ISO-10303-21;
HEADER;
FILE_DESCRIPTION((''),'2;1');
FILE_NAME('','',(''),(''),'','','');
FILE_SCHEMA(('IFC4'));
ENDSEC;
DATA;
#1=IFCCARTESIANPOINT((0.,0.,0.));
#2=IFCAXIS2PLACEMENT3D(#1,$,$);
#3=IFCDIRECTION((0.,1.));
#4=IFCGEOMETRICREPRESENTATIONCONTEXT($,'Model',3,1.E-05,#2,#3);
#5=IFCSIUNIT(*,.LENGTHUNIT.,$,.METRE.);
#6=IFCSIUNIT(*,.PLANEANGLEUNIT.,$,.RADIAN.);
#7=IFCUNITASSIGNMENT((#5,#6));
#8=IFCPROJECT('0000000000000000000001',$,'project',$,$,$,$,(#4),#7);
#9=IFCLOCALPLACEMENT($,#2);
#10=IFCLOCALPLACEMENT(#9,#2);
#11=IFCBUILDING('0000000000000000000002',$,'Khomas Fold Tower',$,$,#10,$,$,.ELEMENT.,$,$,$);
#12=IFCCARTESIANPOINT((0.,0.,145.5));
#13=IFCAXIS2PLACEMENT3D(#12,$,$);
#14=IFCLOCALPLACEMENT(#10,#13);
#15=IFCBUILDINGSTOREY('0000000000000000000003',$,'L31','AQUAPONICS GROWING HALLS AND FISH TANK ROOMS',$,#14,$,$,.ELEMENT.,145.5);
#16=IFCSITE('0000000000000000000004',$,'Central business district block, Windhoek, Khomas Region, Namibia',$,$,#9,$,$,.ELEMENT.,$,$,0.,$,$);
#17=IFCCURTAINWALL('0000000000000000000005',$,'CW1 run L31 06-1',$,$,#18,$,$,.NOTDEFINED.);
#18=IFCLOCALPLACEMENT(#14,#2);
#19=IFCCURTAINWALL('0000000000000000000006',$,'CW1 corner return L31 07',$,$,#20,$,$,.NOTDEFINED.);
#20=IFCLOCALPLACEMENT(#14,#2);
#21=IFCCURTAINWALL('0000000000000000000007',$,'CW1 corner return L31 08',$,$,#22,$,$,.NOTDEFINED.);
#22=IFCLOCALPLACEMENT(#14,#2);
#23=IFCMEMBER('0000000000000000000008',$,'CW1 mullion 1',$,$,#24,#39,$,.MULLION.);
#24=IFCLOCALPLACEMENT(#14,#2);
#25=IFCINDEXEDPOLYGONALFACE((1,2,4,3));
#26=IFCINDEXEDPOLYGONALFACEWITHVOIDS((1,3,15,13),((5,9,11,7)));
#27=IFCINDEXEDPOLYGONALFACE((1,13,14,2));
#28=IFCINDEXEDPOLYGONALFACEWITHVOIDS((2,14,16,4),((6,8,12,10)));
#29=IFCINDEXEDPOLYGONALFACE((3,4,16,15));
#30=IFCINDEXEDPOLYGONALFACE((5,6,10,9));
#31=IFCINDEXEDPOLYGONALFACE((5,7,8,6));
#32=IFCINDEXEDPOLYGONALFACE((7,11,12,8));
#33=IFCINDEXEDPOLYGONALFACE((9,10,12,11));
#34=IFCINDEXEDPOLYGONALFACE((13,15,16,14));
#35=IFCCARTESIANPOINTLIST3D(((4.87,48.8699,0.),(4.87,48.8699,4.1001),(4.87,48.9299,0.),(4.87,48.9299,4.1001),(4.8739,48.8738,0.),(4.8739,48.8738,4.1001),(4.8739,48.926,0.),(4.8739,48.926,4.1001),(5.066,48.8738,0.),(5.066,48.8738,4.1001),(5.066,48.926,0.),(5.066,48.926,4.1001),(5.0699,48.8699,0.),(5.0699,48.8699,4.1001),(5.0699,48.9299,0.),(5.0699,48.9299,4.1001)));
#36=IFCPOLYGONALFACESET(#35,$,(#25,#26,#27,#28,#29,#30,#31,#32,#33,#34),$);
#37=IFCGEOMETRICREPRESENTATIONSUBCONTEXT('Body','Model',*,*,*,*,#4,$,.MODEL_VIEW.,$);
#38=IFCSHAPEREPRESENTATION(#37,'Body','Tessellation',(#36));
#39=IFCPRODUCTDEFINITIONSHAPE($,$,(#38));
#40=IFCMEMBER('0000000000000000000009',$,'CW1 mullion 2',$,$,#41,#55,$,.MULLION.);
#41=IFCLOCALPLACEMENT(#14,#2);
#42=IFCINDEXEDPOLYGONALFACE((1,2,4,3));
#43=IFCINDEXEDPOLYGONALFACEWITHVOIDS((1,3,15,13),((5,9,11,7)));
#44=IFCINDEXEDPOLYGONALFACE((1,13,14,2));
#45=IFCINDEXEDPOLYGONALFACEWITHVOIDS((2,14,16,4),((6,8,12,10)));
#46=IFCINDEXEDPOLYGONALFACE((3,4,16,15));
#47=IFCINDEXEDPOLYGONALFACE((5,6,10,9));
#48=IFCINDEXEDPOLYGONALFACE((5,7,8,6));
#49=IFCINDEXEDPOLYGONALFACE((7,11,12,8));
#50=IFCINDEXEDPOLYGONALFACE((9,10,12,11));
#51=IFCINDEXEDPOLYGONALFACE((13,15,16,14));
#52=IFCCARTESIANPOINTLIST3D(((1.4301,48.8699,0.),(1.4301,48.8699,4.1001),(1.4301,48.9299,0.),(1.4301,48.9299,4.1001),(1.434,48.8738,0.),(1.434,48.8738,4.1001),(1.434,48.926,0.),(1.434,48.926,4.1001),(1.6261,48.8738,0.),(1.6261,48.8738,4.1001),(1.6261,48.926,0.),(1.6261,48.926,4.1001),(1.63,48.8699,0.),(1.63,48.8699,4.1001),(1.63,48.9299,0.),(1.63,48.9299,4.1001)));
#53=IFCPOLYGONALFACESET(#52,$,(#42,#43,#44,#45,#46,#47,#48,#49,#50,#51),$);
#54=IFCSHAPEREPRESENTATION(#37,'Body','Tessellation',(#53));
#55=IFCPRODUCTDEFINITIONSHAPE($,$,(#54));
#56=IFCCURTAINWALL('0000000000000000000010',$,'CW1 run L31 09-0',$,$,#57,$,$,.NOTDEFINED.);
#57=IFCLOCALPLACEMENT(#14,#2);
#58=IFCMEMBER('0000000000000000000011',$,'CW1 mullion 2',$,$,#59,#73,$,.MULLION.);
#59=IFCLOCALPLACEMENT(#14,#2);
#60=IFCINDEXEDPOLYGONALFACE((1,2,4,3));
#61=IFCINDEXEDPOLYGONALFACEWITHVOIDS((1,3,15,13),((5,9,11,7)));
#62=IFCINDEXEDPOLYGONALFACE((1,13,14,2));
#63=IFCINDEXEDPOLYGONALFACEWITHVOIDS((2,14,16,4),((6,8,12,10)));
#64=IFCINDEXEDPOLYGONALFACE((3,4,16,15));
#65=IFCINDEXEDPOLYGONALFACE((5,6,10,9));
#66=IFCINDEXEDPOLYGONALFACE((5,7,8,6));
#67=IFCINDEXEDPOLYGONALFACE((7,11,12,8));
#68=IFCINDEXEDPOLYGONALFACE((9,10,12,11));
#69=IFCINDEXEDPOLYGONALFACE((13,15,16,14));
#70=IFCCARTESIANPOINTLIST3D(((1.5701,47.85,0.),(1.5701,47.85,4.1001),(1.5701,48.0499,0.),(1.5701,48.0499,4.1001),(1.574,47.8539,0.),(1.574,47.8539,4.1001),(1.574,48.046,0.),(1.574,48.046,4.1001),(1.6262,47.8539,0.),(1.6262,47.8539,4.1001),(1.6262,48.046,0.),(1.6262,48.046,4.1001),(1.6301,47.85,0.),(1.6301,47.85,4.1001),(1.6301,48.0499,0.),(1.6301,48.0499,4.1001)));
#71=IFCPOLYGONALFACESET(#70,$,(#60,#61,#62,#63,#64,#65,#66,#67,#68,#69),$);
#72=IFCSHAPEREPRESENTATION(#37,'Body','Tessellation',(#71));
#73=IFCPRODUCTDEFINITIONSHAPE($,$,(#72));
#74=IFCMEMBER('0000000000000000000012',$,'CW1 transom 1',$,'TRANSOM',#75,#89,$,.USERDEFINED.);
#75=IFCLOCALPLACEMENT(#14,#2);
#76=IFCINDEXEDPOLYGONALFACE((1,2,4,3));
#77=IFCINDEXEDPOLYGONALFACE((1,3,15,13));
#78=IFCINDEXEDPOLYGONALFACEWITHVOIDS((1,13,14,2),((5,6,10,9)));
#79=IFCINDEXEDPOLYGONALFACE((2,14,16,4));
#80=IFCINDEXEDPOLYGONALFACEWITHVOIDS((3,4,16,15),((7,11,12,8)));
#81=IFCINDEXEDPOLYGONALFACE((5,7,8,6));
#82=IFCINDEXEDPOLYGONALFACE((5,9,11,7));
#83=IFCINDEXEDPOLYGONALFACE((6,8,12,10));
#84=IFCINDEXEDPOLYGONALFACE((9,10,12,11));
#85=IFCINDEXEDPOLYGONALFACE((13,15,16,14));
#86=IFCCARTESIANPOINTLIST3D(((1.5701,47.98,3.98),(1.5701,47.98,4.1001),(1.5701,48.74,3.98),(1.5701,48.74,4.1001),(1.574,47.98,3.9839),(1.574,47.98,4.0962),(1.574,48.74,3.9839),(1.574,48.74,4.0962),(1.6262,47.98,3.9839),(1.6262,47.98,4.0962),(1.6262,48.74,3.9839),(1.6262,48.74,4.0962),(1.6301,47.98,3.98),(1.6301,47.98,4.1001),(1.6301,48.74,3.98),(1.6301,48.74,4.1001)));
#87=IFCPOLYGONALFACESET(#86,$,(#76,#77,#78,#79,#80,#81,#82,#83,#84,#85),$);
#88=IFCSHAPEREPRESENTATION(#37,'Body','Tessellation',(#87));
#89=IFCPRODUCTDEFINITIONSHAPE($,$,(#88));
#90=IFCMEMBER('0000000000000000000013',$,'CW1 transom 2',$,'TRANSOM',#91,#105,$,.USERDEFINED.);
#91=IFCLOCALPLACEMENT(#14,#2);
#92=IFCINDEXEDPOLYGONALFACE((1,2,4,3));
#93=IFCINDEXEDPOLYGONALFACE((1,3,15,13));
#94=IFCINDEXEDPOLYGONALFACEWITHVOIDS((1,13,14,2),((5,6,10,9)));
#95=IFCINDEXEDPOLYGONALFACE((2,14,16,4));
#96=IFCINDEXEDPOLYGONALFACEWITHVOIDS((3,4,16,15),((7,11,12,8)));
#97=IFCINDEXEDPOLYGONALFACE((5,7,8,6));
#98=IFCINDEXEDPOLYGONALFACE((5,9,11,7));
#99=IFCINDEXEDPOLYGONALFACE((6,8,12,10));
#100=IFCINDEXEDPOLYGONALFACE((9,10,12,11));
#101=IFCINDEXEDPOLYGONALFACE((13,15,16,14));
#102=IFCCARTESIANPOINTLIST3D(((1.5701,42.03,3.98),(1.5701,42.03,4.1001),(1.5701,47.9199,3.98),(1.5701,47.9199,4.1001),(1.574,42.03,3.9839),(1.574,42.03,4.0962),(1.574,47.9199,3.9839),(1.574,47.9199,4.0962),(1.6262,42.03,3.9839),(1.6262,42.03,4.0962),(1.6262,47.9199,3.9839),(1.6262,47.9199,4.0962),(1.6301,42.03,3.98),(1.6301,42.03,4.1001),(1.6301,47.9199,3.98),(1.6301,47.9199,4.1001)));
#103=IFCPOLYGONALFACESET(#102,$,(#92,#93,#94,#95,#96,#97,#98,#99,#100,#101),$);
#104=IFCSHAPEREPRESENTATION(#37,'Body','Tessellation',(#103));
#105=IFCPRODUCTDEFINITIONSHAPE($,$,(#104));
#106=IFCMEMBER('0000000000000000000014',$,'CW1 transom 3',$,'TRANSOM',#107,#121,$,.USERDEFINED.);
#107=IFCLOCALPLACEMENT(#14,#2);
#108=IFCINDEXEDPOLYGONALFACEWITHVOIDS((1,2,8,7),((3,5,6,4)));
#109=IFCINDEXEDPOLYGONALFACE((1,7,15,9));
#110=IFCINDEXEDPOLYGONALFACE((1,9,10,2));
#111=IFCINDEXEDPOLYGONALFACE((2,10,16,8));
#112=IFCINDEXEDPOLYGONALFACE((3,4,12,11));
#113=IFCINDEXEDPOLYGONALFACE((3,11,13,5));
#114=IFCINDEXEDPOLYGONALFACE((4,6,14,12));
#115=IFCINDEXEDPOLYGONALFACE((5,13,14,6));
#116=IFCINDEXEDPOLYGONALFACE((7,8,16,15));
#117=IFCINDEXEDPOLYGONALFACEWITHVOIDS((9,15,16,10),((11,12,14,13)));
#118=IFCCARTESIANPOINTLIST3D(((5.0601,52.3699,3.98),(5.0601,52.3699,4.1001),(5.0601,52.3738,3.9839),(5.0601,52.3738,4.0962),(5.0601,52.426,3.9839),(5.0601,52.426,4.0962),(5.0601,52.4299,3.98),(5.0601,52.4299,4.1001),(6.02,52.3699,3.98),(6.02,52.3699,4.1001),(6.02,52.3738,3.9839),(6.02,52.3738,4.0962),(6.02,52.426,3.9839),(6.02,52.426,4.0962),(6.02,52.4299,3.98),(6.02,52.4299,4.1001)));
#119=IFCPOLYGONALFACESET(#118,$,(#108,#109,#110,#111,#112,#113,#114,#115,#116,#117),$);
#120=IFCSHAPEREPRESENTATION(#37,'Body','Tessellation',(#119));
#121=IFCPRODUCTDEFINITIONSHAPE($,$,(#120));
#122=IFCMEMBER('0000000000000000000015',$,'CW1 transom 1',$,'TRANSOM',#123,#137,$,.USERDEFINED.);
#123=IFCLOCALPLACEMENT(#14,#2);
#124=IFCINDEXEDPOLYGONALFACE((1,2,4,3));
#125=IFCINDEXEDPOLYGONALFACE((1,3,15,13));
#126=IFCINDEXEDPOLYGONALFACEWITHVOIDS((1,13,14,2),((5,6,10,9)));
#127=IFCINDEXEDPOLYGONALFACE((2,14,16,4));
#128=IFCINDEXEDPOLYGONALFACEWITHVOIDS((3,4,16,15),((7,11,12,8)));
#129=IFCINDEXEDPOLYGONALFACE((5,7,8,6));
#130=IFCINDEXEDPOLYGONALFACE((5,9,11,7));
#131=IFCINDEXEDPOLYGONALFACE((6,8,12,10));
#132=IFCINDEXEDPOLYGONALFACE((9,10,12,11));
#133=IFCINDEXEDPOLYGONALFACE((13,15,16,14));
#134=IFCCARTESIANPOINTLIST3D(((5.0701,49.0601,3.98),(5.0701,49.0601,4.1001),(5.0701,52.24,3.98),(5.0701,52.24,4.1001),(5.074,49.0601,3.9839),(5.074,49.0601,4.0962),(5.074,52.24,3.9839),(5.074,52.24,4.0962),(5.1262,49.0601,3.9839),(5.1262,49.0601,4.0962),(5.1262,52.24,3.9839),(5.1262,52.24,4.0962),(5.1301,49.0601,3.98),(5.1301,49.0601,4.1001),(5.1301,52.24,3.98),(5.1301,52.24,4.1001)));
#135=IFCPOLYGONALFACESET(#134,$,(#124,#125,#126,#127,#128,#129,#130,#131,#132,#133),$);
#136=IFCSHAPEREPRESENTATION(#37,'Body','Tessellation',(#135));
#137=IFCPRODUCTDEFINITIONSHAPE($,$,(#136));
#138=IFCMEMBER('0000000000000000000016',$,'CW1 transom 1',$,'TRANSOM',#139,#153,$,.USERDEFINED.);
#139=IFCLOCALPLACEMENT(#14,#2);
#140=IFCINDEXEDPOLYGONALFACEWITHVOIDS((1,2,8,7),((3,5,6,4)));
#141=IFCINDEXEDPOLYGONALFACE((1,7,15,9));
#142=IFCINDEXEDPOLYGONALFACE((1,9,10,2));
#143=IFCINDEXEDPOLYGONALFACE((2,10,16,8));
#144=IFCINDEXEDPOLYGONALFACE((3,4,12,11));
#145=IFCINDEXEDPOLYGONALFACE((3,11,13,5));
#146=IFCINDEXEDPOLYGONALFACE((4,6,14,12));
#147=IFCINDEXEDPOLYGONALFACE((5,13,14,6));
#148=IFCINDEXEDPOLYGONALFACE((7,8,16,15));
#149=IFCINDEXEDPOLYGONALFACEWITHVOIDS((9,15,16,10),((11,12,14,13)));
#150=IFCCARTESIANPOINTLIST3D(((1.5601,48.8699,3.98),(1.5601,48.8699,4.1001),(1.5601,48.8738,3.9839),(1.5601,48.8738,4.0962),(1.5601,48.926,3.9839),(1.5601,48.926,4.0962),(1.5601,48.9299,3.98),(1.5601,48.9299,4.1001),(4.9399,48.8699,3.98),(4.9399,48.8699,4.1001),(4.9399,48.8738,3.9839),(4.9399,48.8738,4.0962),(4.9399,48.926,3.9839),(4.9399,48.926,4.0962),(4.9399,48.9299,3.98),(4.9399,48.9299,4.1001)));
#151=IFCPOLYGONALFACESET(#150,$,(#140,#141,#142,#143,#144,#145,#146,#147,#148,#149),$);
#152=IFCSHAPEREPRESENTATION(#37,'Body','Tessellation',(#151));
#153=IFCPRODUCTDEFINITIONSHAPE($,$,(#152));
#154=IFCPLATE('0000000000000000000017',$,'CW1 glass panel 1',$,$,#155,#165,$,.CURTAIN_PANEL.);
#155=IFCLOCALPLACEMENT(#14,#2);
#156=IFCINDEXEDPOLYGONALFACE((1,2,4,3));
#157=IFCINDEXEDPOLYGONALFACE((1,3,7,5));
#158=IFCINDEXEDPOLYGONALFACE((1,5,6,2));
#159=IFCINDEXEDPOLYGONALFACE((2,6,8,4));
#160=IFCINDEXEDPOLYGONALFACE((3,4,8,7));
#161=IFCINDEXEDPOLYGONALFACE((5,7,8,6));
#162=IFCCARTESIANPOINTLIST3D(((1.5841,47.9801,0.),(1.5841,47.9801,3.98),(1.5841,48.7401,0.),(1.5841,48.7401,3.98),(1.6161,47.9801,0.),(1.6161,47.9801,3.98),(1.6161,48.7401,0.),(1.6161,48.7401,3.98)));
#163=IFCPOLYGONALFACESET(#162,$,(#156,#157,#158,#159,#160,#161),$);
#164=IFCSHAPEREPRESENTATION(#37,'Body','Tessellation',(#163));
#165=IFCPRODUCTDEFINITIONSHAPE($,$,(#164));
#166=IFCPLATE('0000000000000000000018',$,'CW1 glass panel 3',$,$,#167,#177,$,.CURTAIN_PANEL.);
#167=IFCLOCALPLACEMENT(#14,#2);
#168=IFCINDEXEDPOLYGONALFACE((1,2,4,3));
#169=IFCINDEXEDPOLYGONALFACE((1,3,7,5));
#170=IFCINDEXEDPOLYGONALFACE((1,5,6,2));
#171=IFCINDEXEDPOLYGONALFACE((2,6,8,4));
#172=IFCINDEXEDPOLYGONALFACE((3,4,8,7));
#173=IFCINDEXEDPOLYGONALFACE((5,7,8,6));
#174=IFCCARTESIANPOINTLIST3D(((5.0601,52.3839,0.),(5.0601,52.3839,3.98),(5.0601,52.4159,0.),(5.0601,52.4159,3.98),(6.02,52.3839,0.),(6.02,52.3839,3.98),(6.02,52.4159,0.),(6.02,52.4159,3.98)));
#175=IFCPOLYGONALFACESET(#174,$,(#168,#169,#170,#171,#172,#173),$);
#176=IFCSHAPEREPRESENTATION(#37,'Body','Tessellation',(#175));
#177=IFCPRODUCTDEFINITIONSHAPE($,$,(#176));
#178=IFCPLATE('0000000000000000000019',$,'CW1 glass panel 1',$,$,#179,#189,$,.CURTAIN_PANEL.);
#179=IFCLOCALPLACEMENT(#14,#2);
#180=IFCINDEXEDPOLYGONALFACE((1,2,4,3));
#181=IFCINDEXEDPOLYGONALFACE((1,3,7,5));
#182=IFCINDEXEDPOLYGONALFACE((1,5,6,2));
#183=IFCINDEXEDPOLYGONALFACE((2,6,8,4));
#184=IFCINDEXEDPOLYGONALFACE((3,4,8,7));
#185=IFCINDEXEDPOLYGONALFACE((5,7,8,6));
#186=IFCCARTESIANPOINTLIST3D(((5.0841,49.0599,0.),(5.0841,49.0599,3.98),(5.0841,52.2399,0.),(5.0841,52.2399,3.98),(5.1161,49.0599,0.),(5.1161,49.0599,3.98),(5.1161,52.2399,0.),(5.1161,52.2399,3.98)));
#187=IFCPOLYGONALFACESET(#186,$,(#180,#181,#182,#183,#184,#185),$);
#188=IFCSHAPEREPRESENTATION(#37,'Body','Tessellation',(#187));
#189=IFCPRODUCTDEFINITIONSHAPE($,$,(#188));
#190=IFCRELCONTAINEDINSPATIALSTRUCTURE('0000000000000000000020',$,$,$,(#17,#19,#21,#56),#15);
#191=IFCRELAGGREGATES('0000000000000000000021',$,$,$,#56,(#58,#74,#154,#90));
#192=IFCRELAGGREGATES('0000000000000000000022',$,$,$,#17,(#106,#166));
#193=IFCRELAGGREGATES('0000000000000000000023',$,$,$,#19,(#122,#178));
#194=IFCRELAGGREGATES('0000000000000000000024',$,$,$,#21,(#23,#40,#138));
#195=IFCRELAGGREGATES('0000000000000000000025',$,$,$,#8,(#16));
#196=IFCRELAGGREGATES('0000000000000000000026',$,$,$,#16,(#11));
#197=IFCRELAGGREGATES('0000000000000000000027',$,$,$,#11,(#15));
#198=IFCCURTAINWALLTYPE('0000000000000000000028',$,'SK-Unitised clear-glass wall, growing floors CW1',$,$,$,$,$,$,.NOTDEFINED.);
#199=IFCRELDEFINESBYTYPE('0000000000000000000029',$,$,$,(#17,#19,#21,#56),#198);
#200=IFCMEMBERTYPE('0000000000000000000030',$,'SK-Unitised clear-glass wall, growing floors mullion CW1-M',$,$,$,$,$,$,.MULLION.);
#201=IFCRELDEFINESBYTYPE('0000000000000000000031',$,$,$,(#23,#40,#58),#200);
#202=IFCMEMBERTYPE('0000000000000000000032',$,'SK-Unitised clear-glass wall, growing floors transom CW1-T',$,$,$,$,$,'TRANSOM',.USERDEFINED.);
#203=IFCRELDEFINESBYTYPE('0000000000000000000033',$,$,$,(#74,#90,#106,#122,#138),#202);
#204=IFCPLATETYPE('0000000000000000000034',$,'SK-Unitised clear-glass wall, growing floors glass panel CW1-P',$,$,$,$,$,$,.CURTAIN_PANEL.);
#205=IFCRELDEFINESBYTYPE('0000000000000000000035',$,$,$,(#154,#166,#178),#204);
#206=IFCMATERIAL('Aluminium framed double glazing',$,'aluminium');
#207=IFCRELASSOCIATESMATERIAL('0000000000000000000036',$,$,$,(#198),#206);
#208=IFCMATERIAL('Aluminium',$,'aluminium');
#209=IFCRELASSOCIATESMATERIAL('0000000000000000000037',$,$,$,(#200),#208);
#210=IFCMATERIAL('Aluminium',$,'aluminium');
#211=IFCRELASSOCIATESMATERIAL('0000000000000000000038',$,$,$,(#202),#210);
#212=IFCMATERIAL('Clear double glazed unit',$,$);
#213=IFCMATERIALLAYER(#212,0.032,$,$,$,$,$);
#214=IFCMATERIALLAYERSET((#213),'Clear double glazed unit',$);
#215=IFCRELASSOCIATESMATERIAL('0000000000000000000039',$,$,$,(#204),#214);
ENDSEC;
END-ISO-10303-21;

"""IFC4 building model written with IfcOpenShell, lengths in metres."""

from ifc_helpers import new_model, si_unit, direction, frame, origin, origin_2d, place, context, subcontext, project, spatial, rectangle, hollow_rectangle, extrude, source, transform, mapped, material, layer, layer_set, material_profile, profile_set, type_object, element, aggregate, save


model = new_model("IFC4")

# Units and contexts
model_context = context("Model", 3, precision=1e-05, world=origin(), true_north=direction((0.0, 1.0)))
body_context = subcontext(model_context, "Body", "Model", "MODEL_VIEW")
ifc_project = project(units=[si_unit("LENGTHUNIT", "METRE"), si_unit("PLANEANGLEUNIT", "RADIAN")], contexts=[model_context])

# Site, building, storey
site_placement = place(None, origin())
site = spatial("IfcSite", under=ifc_project, at=site_placement, Name="Central business district block, Windhoek, Khomas Region, Namibia", CompositionType="ELEMENT", RefElevation=0.0)
building_placement = place(site_placement, origin())
building = spatial("IfcBuilding", under=site, at=building_placement, Name="Khomas Fold Tower", CompositionType="ELEMENT")
storey_placement = place(building_placement, frame((0.0, 0.0, 145.5)))
storey = spatial("IfcBuildingStorey", under=building, at=storey_placement, Name="L31", Description="AQUAPONICS GROWING HALLS AND FISH TANK ROOMS", CompositionType="ELEMENT", Elevation=145.5)

# Curtain walls, members
ifc_material_1 = material(Name="Aluminium framed double glazing", Category="aluminium")
curtain_wall_type = type_object("IfcCurtainWallType", Name="SK-Unitised clear-glass wall, growing floors CW1", PredefinedType="NOTDEFINED", material=ifc_material_1)
curtain_wall_1_placement = place(storey_placement, origin())
curtain_wall_1 = element("IfcCurtainWall", 1, at=curtain_wall_1_placement, inside=storey, type_object=curtain_wall_type, Name="CW1 run L31 06-1", PredefinedType="NOTDEFINED")
ifc_material_2 = material(Name="Aluminium", Category="aluminium")
ifc_material_profile_1 = material_profile(ifc_material_2, hollow_rectangle(XDim=0.0601, YDim=0.2, WallThickness=0.0039, at=origin_2d()), Name="SK-Unitised clear-glass wall, growing floors mullion CW1-M")
ifc_profile_set_1 = profile_set([ifc_material_profile_1], Name="Aluminium")
member_type_1 = type_object("IfcMemberType", Name="SK-Unitised clear-glass wall, growing floors mullion CW1-M", PredefinedType="MULLION", material=ifc_profile_set_1)
shared_shape_1 = source(origin(), body_context, "Body", "SweptSolid", [
    extrude(hollow_rectangle(XDim=0.0601, YDim=0.2, WallThickness=0.0039, at=origin_2d()), origin(), (0.0, 0.0, 1.0), 4.1001),
])
curtain_wall_2_placement = place(storey_placement, origin())
curtain_wall_2 = element("IfcCurtainWall", 2, at=curtain_wall_2_placement, inside=storey, type_object=curtain_wall_type, Name="CW1 corner return L31 07", PredefinedType="NOTDEFINED")
curtain_wall_3_placement = place(storey_placement, origin())
curtain_wall_3 = element("IfcCurtainWall", 3, at=curtain_wall_3_placement, inside=storey, type_object=curtain_wall_type, Name="CW1 corner return L31 08", PredefinedType="NOTDEFINED")
member_1_placement = place(storey_placement, frame((4.97, 48.8999, 0.0), z_axis=(0.0, 0.0, 1.0), x_axis=(0.0, -1.0, 0.0)))
member_1 = element("IfcMember", 4, at=member_1_placement, type_object=member_type_1, Name="CW1 mullion 1", PredefinedType="MULLION", context=body_context, shape_type="MappedRepresentation", body=[
    mapped(shared_shape_1, transform((0.0, 0.0, 0.0))),
])
member_2_placement = place(storey_placement, frame((1.53, 48.8999, 0.0), z_axis=(0.0, 0.0, 1.0), x_axis=(0.0, -1.0, 0.0)))
member_2 = element("IfcMember", 5, at=member_2_placement, type_object=member_type_1, Name="CW1 mullion 2", PredefinedType="MULLION", context=body_context, shape_type="MappedRepresentation", body=[
    mapped(shared_shape_1, transform((0.0, 0.0, 0.0))),
])
curtain_wall_4_placement = place(storey_placement, origin())
curtain_wall_4 = element("IfcCurtainWall", 6, at=curtain_wall_4_placement, inside=storey, type_object=curtain_wall_type, Name="CW1 run L31 09-0", PredefinedType="NOTDEFINED")
member_3_placement = place(storey_placement, frame((1.6001, 47.95, 0.0), z_axis=(0.0, 0.0, 1.0), x_axis=(1.0, 0.0, 0.0)))
member_3 = element("IfcMember", 7, at=member_3_placement, type_object=member_type_1, Name="CW1 mullion 2", PredefinedType="MULLION", context=body_context, shape_type="MappedRepresentation", body=[
    mapped(shared_shape_1, transform((0.0, 0.0, 0.0))),
])
ifc_material_3 = material(Name="Aluminium", Category="aluminium")
ifc_material_profile_2 = material_profile(ifc_material_3, hollow_rectangle(XDim=0.0601, YDim=0.1201, WallThickness=0.0039, at=origin_2d()), Name="SK-Unitised clear-glass wall, growing floors transom CW1-T")
ifc_profile_set_2 = profile_set([ifc_material_profile_2], Name="Aluminium")
member_type_2 = type_object("IfcMemberType", Name="SK-Unitised clear-glass wall, growing floors transom CW1-T", ElementType="TRANSOM", PredefinedType="USERDEFINED", material=ifc_profile_set_2)
shared_shape_2 = source(origin(), body_context, "Body", "SweptSolid", [
    extrude(hollow_rectangle(XDim=0.0601, YDim=0.1201, WallThickness=0.0039, at=origin_2d()), origin(), (0.0, 0.0, 1.0), 0.76),
])
member_4_placement = place(storey_placement, frame((1.6001, 48.74, 4.04), z_axis=(0.0, -1.0, 0.0), x_axis=(1.0, 0.0, 0.0)))
member_4 = element("IfcMember", 8, at=member_4_placement, type_object=member_type_2, Name="CW1 transom 1", ObjectType="TRANSOM", PredefinedType="USERDEFINED", context=body_context, shape_type="MappedRepresentation", body=[
    mapped(shared_shape_2, transform((0.0, 0.0, 0.0))),
])
shared_shape_3 = source(origin(), body_context, "Body", "SweptSolid", [
    extrude(hollow_rectangle(XDim=0.0601, YDim=0.1201, WallThickness=0.0039, at=origin_2d()), origin(), (0.0, 0.0, 1.0), 5.8899),
])
member_5_placement = place(storey_placement, frame((1.6001, 47.9199, 4.04), z_axis=(0.0, -1.0, 0.0), x_axis=(1.0, 0.0, 0.0)))
member_5 = element("IfcMember", 9, at=member_5_placement, type_object=member_type_2, Name="CW1 transom 2", ObjectType="TRANSOM", PredefinedType="USERDEFINED", context=body_context, shape_type="MappedRepresentation", body=[
    mapped(shared_shape_3, transform((0.0, 0.0, 0.0))),
])

# Members
shared_shape_4 = source(origin(), body_context, "Body", "SweptSolid", [
    extrude(hollow_rectangle(XDim=0.0601, YDim=0.1201, WallThickness=0.0039, at=origin_2d()), origin(), (0.0, 0.0, 1.0), 0.96),
])
member_6_placement = place(storey_placement, frame((6.02, 52.3999, 4.04), z_axis=(-1.0, 0.0, 0.0), x_axis=(0.0, -1.0, 0.0)))
member_6 = element("IfcMember", 10, at=member_6_placement, type_object=member_type_2, Name="CW1 transom 3", ObjectType="TRANSOM", PredefinedType="USERDEFINED", context=body_context, shape_type="MappedRepresentation", body=[
    mapped(shared_shape_4, transform((0.0, 0.0, 0.0))),
])
shared_shape_5 = source(origin(), body_context, "Body", "SweptSolid", [
    extrude(hollow_rectangle(XDim=0.0601, YDim=0.1201, WallThickness=0.0039, at=origin_2d()), origin(), (0.0, 0.0, 1.0), 3.1799),
])
member_7_placement = place(storey_placement, frame((5.1001, 52.24, 4.04), z_axis=(0.0, -1.0, 0.0), x_axis=(1.0, 0.0, 0.0)))
member_7 = element("IfcMember", 11, at=member_7_placement, type_object=member_type_2, Name="CW1 transom 1", ObjectType="TRANSOM", PredefinedType="USERDEFINED", context=body_context, shape_type="MappedRepresentation", body=[
    mapped(shared_shape_5, transform((0.0, 0.0, 0.0))),
])
shared_shape_6 = source(origin(), body_context, "Body", "SweptSolid", [
    extrude(hollow_rectangle(XDim=0.0601, YDim=0.1201, WallThickness=0.0039, at=origin_2d()), origin(), (0.0, 0.0, 1.0), 3.3799),
])
member_8_placement = place(storey_placement, frame((4.9399, 48.8999, 4.04), z_axis=(-1.0, 0.0, 0.0), x_axis=(0.0, -1.0, 0.0)))
member_8 = element("IfcMember", 12, at=member_8_placement, type_object=member_type_2, Name="CW1 transom 1", ObjectType="TRANSOM", PredefinedType="USERDEFINED", context=body_context, shape_type="MappedRepresentation", body=[
    mapped(shared_shape_6, transform((0.0, 0.0, 0.0))),
])

# Plates
ifc_material_4 = material(Name="Clear double glazed unit")
ifc_layer_1 = layer(ifc_material_4, 0.032)
ifc_layer_set_1 = layer_set([ifc_layer_1], Name="Clear double glazed unit")
plate_type = type_object("IfcPlateType", Name="SK-Unitised clear-glass wall, growing floors glass panel CW1-P", PredefinedType="CURTAIN_PANEL", material=ifc_layer_set_1)
shared_shape_7 = source(origin(), body_context, "Body", "SweptSolid", [
    extrude(rectangle(XDim=0.76, YDim=0.032, at=origin_2d()), origin(), (0.0, 0.0, 1.0), 3.98),
])
plate_1_placement = place(storey_placement, frame((1.6001, 48.3601, 0.0), z_axis=(0.0, 0.0, 1.0), x_axis=(0.0, -1.0, 0.0)))
plate_1 = element("IfcPlate", 13, at=plate_1_placement, type_object=plate_type, Name="CW1 glass panel 1", PredefinedType="CURTAIN_PANEL", context=body_context, shape_type="MappedRepresentation", body=[
    mapped(shared_shape_7, transform((0.0, 0.0, 0.0))),
])
aggregate(curtain_wall_4, [member_3, member_4, plate_1, member_5])
shared_shape_8 = source(origin(), body_context, "Body", "SweptSolid", [
    extrude(rectangle(XDim=0.96, YDim=0.032, at=origin_2d()), origin(), (0.0, 0.0, 1.0), 3.98),
])
plate_2_placement = place(storey_placement, frame((5.54, 52.3999, 0.0), z_axis=(0.0, 0.0, 1.0), x_axis=(-1.0, 0.0, 0.0)))
plate_2 = element("IfcPlate", 14, at=plate_2_placement, type_object=plate_type, Name="CW1 glass panel 3", PredefinedType="CURTAIN_PANEL", context=body_context, shape_type="MappedRepresentation", body=[
    mapped(shared_shape_8, transform((0.0, 0.0, 0.0))),
])
aggregate(curtain_wall_1, [member_6, plate_2])
shared_shape_9 = source(origin(), body_context, "Body", "SweptSolid", [
    extrude(rectangle(XDim=3.1799, YDim=0.032, at=origin_2d()), origin(), (0.0, 0.0, 1.0), 3.98),
])
plate_3_placement = place(storey_placement, frame((5.1001, 50.6499, 0.0), z_axis=(0.0, 0.0, 1.0), x_axis=(0.0, -1.0, 0.0)))
plate_3 = element("IfcPlate", 15, at=plate_3_placement, type_object=plate_type, Name="CW1 glass panel 1", PredefinedType="CURTAIN_PANEL", context=body_context, shape_type="MappedRepresentation", body=[
    mapped(shared_shape_9, transform((0.0, 0.0, 0.0))),
])
aggregate(curtain_wall_2, [member_7, plate_3])
aggregate(curtain_wall_3, [member_1, member_2, member_8])

save(model, "model.ifc")
